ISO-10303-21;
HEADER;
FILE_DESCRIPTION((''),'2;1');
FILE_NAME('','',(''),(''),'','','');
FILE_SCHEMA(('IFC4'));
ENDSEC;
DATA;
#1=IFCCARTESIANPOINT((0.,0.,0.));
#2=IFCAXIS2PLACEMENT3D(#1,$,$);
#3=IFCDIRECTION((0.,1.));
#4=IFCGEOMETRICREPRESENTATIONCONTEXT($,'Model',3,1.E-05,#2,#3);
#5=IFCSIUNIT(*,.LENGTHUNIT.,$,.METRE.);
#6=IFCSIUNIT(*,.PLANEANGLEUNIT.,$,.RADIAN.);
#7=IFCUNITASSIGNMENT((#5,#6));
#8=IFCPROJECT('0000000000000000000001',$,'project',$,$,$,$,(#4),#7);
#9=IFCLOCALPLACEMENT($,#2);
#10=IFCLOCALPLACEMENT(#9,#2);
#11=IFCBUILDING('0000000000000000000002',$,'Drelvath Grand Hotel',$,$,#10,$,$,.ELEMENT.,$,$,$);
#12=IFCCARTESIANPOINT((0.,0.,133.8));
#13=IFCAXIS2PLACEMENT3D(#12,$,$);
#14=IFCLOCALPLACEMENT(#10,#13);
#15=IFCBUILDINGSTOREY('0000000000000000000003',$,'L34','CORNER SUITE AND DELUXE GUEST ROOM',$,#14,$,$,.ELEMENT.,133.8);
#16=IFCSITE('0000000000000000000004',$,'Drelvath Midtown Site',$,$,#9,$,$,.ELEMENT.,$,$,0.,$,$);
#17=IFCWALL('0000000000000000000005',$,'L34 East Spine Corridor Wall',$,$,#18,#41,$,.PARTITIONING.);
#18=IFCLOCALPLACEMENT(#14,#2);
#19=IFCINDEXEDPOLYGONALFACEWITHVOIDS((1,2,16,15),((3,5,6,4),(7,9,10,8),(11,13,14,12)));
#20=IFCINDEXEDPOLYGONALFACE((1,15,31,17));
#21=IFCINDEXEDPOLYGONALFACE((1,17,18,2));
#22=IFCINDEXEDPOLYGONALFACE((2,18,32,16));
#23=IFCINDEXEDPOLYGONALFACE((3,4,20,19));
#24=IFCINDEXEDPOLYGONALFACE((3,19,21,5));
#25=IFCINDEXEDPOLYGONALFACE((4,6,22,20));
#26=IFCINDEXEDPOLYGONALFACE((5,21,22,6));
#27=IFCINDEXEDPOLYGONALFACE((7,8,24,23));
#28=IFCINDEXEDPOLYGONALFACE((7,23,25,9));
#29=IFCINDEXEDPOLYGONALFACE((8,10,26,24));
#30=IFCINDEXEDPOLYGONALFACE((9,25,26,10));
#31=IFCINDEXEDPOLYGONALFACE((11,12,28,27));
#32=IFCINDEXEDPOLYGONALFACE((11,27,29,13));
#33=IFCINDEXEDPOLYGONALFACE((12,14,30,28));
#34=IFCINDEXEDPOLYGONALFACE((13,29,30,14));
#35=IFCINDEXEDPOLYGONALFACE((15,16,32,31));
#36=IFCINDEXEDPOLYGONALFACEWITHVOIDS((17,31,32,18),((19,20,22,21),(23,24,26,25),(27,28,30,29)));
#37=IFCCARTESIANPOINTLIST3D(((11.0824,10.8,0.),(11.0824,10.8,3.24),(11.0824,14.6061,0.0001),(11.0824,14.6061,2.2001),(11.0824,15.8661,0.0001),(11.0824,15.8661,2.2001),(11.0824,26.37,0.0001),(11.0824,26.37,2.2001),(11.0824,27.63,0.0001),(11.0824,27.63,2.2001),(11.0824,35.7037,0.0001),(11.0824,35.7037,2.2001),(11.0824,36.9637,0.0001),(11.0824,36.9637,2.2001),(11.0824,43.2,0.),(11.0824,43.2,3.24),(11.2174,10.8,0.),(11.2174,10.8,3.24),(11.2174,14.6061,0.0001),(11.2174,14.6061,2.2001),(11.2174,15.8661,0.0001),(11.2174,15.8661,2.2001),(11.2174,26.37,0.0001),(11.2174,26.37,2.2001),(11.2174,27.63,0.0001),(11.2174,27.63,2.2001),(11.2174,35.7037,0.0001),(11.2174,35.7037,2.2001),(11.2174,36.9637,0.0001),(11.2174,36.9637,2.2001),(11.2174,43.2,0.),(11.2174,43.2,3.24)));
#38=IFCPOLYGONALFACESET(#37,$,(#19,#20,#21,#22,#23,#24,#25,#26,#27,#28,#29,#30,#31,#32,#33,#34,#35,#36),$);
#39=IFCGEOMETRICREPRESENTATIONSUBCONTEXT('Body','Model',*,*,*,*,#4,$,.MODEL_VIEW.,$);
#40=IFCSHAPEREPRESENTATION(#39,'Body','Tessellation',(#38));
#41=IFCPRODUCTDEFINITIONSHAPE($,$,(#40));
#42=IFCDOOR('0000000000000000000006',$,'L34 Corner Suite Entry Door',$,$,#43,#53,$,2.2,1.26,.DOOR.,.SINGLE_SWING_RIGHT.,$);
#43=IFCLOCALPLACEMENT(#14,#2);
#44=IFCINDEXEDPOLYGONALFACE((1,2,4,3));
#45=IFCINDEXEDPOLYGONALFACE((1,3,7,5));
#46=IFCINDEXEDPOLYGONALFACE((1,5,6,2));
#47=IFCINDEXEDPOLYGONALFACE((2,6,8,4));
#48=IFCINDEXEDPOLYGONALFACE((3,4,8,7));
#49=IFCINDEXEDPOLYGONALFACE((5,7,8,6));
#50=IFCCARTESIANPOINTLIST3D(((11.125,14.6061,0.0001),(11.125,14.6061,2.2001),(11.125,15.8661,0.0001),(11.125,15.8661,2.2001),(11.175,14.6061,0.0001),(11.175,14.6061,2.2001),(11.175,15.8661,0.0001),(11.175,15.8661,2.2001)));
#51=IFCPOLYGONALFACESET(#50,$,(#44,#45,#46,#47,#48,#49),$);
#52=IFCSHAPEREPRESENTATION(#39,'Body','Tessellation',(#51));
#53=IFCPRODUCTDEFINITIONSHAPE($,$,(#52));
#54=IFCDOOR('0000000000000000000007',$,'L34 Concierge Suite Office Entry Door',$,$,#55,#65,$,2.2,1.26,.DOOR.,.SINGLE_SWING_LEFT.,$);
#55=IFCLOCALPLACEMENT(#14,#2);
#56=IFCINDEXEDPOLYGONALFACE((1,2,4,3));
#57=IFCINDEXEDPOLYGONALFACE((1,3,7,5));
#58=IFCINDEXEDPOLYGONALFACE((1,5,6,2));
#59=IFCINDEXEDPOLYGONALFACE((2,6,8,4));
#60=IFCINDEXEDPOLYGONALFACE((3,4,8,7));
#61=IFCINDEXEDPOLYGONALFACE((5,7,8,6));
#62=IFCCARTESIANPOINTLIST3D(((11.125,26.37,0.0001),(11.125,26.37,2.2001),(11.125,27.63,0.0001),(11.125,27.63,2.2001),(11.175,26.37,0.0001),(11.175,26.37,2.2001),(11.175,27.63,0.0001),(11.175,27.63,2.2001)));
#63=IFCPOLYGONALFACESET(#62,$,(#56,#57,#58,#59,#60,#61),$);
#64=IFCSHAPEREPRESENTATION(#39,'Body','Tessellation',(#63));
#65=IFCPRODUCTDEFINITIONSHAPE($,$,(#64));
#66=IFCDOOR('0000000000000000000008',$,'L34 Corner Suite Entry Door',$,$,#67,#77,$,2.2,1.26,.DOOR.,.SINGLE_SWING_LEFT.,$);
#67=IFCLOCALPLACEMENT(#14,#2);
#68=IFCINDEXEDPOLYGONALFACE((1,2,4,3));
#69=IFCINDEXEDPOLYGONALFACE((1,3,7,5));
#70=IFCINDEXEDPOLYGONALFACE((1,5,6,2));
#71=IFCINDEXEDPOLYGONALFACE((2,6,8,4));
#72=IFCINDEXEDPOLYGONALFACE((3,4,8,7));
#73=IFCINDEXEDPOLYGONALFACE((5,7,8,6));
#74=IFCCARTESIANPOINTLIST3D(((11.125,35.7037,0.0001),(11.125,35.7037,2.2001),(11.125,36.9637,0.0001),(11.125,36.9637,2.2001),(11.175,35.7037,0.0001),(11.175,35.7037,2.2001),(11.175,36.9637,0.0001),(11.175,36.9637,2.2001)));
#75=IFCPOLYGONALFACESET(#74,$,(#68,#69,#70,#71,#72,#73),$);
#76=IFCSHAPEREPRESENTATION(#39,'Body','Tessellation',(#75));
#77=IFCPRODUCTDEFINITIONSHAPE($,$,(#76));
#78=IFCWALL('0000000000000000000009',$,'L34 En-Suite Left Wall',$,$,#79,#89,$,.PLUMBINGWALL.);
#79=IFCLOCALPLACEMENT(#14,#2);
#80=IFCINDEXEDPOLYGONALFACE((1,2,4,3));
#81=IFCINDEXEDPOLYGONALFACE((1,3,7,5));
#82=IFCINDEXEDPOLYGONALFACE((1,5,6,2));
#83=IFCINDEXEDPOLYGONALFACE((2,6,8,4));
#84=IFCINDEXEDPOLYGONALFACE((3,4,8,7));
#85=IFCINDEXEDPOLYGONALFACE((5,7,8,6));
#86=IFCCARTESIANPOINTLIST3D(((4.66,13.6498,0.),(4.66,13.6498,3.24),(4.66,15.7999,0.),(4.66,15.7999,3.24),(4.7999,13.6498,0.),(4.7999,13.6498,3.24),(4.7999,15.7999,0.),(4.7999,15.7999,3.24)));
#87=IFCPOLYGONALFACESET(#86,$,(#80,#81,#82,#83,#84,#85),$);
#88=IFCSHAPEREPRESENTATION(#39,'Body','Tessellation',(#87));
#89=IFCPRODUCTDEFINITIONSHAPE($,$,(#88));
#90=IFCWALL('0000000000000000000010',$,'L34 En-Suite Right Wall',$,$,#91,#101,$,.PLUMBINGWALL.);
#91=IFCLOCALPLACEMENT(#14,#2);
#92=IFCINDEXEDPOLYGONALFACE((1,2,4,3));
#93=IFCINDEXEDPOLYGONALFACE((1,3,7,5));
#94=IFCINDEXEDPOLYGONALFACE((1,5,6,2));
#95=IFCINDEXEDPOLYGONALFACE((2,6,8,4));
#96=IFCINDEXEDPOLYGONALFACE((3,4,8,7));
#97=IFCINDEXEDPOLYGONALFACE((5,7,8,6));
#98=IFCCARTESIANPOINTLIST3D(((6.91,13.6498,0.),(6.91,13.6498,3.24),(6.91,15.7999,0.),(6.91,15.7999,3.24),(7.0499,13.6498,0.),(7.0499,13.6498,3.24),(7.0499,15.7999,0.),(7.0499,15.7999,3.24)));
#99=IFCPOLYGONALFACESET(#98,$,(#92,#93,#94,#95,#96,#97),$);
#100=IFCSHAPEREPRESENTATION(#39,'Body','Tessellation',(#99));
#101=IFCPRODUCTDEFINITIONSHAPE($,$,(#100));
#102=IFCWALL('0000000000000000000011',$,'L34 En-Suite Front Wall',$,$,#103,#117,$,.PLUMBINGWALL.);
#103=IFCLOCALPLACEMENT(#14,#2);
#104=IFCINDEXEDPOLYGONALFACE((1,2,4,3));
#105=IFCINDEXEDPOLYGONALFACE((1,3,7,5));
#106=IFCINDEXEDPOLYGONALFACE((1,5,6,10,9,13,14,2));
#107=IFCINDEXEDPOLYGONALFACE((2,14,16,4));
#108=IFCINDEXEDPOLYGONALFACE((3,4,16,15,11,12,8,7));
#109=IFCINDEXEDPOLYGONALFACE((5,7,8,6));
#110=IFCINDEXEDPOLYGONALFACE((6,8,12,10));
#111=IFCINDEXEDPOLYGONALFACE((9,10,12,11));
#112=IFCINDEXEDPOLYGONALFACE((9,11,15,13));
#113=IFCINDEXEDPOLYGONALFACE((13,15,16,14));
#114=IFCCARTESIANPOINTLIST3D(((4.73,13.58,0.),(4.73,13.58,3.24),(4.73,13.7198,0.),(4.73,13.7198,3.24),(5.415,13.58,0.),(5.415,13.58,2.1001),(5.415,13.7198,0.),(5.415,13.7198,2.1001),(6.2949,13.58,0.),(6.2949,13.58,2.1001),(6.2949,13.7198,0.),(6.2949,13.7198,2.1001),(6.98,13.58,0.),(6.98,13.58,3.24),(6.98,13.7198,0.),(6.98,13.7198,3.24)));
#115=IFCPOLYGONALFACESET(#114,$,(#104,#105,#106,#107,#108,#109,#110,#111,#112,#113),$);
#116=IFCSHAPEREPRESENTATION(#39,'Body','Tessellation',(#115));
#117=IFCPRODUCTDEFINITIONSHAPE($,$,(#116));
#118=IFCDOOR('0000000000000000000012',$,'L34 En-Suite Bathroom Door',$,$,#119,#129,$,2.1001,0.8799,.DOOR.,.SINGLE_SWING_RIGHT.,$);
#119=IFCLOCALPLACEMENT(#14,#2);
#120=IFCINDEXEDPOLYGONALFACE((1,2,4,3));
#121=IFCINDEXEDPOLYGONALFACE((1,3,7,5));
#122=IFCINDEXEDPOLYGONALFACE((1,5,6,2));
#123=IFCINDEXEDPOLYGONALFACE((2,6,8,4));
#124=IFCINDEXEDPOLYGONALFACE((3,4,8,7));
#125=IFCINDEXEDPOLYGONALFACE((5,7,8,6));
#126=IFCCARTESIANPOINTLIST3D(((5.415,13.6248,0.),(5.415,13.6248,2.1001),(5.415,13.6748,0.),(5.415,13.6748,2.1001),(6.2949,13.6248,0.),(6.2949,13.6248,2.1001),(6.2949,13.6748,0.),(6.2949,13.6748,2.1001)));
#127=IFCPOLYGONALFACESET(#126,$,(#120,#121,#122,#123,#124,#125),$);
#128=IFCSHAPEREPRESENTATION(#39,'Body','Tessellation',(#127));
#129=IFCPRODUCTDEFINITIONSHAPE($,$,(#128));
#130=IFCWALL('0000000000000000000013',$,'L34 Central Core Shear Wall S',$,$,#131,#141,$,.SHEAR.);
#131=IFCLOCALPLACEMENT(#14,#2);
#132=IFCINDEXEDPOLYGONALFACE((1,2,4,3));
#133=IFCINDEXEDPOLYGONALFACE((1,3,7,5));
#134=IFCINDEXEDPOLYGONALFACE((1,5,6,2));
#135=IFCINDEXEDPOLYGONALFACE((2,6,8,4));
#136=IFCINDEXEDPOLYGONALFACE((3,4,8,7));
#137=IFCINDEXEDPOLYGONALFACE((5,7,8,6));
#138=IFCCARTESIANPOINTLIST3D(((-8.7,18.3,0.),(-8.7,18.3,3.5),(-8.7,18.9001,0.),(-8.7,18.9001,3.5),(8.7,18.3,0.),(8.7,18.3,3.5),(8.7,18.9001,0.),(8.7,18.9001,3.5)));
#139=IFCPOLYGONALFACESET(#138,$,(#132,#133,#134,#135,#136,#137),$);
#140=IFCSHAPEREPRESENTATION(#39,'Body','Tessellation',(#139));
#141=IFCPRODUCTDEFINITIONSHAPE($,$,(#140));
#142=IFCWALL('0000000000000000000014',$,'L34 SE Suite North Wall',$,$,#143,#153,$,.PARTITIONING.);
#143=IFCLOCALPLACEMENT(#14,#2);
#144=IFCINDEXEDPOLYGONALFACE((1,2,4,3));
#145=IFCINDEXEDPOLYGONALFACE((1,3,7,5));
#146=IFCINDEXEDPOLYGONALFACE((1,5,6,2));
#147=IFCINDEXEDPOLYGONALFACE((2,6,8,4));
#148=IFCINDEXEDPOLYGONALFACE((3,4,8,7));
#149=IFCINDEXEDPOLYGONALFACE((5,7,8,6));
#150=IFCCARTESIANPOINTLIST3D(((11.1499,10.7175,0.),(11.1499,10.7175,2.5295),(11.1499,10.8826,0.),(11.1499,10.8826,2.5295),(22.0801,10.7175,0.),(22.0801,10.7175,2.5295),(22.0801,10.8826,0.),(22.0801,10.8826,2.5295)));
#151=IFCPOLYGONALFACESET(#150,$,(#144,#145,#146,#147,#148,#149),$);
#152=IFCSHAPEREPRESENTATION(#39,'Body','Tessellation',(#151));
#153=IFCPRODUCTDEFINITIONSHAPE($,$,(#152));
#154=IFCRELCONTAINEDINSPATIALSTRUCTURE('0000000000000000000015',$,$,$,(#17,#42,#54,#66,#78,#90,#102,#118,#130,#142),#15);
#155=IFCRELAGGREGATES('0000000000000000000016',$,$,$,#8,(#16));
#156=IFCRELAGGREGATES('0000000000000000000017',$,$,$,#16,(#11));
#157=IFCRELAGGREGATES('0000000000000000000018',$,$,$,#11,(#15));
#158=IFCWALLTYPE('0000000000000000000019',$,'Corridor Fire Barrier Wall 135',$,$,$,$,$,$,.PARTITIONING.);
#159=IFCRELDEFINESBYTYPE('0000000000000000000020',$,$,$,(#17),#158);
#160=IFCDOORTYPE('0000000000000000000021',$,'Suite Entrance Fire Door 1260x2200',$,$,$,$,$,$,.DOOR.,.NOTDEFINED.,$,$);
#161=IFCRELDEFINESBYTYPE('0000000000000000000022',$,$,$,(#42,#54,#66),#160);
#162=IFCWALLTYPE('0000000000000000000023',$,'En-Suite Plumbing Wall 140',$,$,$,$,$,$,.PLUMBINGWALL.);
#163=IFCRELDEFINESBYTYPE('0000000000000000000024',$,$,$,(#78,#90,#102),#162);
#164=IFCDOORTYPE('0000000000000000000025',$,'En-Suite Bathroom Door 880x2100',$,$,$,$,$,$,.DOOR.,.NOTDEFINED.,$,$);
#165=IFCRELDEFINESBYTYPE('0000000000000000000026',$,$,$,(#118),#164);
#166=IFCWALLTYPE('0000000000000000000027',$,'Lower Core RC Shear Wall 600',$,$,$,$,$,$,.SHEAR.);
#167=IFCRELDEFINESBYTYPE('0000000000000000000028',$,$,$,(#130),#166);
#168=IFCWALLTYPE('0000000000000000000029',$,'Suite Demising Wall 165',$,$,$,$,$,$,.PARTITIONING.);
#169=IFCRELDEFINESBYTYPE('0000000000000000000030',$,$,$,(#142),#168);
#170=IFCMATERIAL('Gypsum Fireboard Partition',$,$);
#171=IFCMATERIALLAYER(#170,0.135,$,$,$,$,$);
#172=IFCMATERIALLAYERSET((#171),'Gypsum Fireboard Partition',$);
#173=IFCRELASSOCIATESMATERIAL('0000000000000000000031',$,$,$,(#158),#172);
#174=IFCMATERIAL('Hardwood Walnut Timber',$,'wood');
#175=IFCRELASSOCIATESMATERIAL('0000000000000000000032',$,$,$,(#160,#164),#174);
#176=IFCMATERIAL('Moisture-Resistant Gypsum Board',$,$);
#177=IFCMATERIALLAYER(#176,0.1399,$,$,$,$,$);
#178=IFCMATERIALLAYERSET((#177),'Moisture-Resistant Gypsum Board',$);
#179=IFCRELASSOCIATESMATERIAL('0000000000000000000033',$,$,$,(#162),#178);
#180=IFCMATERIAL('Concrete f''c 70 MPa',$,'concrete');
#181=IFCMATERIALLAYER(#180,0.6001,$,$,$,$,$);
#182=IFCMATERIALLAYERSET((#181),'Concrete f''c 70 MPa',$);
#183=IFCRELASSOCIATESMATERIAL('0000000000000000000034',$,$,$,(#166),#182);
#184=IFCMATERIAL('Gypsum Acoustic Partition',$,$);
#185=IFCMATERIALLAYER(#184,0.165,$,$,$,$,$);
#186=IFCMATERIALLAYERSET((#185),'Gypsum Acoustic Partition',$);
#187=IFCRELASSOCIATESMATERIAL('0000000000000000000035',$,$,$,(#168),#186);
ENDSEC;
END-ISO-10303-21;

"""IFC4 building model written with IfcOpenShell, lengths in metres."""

from ifc_helpers import new_model, si_unit, direction, frame, frame_2d, origin, place, context, subcontext, project, spatial, rectangle, extrude, material, layer, layer_set, type_object, element, fill, save


model = new_model("IFC4")

# Units and contexts
model_context = context("Model", 3, precision=1e-05, world=origin(), true_north=direction((0.0, 1.0)))
body_context = subcontext(model_context, "Body", "Model", "MODEL_VIEW")
ifc_project = project(units=[si_unit("LENGTHUNIT", "METRE"), si_unit("PLANEANGLEUNIT", "RADIAN")], contexts=[model_context])

# Site, building, storey
site_placement = place(None, origin())
site = spatial("IfcSite", under=ifc_project, at=site_placement, Name="Drelvath Midtown Site", CompositionType="ELEMENT", RefElevation=0.0)
building_placement = place(site_placement, origin())
building = spatial("IfcBuilding", under=site, at=building_placement, Name="Drelvath Grand Hotel", CompositionType="ELEMENT")
storey_placement = place(building_placement, frame((0.0, 0.0, 133.8)))
storey = spatial("IfcBuildingStorey", under=building, at=storey_placement, Name="L34", Description="CORNER SUITE AND DELUXE GUEST ROOM", CompositionType="ELEMENT", Elevation=133.8)

# Shared definitions
ifc_material_1 = material(Name="Concrete f'c 70 MPa", Category="concrete")

# Shared definitions
ifc_material_2 = material(Name="Gypsum Fireboard Partition")
ifc_layer_1 = layer(ifc_material_2, 0.135)
ifc_layer_set_1 = layer_set([ifc_layer_1], Name="Gypsum Fireboard Partition")
wall_type_1 = type_object("IfcWallType", Name="Corridor Fire Barrier Wall 135", PredefinedType="PARTITIONING", material=ifc_layer_set_1)

# Wall, openings, doors
wall_1_placement = place(storey_placement, frame((11.1499, 10.8, 0.0), z_axis=(0.0, 0.0, 1.0), x_axis=(0.0, 1.0, 0.0)))
wall_1 = element("IfcWall", 1, at=wall_1_placement, inside=storey, type_object=wall_type_1, Name="L34 East Spine Corridor Wall", PredefinedType="PARTITIONING", context=body_context, shape_type="SweptSolid", body=[
    extrude(rectangle(XDim=32.3999, YDim=0.135, at=frame_2d((16.2, 0.0))), origin(), (0.0, 0.0, 1.0), 3.24),
])
opening_1_placement = place(wall_1_placement, frame((3.8062, 0.0, 0.0)))
opening_1 = element("IfcOpeningElement", 2, at=opening_1_placement, cuts=wall_1, PredefinedType="OPENING", context=body_context, shape_type="SweptSolid", body=[
    extrude(rectangle(XDim=1.26, YDim=2.2, at=frame_2d((0.6299, 1.1001))), frame((0.0, 0.0774, 0.0), z_axis=(0.0, -1.0, 0.0), x_axis=(1.0, 0.0, 0.0)), (0.0, 0.0, 1.0), 0.155),
])
opening_2_placement = place(wall_1_placement, frame((15.5701, 0.0, 0.0)))
opening_2 = element("IfcOpeningElement", 3, at=opening_2_placement, cuts=wall_1, PredefinedType="OPENING", context=body_context, shape_type="SweptSolid", body=[
    extrude(rectangle(XDim=1.26, YDim=2.2, at=frame_2d((0.6299, 1.1001))), frame((0.0, 0.0774, 0.0), z_axis=(0.0, -1.0, 0.0), x_axis=(1.0, 0.0, 0.0)), (0.0, 0.0, 1.0), 0.155),
])
opening_3_placement = place(wall_1_placement, frame((24.9038, 0.0, 0.0)))
opening_3 = element("IfcOpeningElement", 4, at=opening_3_placement, cuts=wall_1, PredefinedType="OPENING", context=body_context, shape_type="SweptSolid", body=[
    extrude(rectangle(XDim=1.26, YDim=2.2, at=frame_2d((0.6299, 1.1001))), frame((0.0, 0.0774, 0.0), z_axis=(0.0, -1.0, 0.0), x_axis=(1.0, 0.0, 0.0)), (0.0, 0.0, 1.0), 0.155),
])
ifc_material_3 = material(Name="Hardwood Walnut Timber", Category="wood")
door_type_1 = type_object("IfcDoorType", Name="Suite Entrance Fire Door 1260x2200", OperationType="NOTDEFINED", PredefinedType="DOOR", material=ifc_material_3)
door_1_placement = place(opening_1_placement, origin())
door_1 = element("IfcDoor", 5, at=door_1_placement, inside=storey, type_object=door_type_1, Name="L34 Corner Suite Entry Door", OperationType="SINGLE_SWING_RIGHT", OverallHeight=2.2, OverallWidth=1.26, PredefinedType="DOOR", context=body_context, shape_type="SweptSolid", body=[
    extrude(rectangle(XDim=1.26, YDim=2.2, at=frame_2d((0.6299, 1.1001))), frame((0.0, 0.0249, 0.0), z_axis=(0.0, -1.0, 0.0), x_axis=(1.0, 0.0, 0.0)), (0.0, 0.0, 1.0), 0.05),
])
fill(opening_1, door_1)
door_2_placement = place(opening_2_placement, origin())
door_2 = element("IfcDoor", 6, at=door_2_placement, inside=storey, type_object=door_type_1, Name="L34 Concierge Suite Office Entry Door", OperationType="SINGLE_SWING_LEFT", OverallHeight=2.2, OverallWidth=1.26, PredefinedType="DOOR", context=body_context, shape_type="SweptSolid", body=[
    extrude(rectangle(XDim=1.26, YDim=2.2, at=frame_2d((0.6299, 1.1001))), frame((0.0, 0.0249, 0.0), z_axis=(0.0, -1.0, 0.0), x_axis=(1.0, 0.0, 0.0)), (0.0, 0.0, 1.0), 0.05),
])
fill(opening_2, door_2)
door_3_placement = place(opening_3_placement, origin())
door_3 = element("IfcDoor", 7, at=door_3_placement, inside=storey, type_object=door_type_1, Name="L34 Corner Suite Entry Door", OperationType="SINGLE_SWING_LEFT", OverallHeight=2.2, OverallWidth=1.26, PredefinedType="DOOR", context=body_context, shape_type="SweptSolid", body=[
    extrude(rectangle(XDim=1.26, YDim=2.2, at=frame_2d((0.6299, 1.1001))), frame((0.0, 0.0249, 0.0), z_axis=(0.0, -1.0, 0.0), x_axis=(1.0, 0.0, 0.0)), (0.0, 0.0, 1.0), 0.05),
])
fill(opening_3, door_3)

# Walls
ifc_material_4 = material(Name="Moisture-Resistant Gypsum Board")
ifc_layer_2 = layer(ifc_material_4, 0.1399)
ifc_layer_set_2 = layer_set([ifc_layer_2], Name="Moisture-Resistant Gypsum Board")
wall_type_2 = type_object("IfcWallType", Name="En-Suite Plumbing Wall 140", PredefinedType="PLUMBINGWALL", material=ifc_layer_set_2)
for number, where, z_axis, x_axis, name in (
    (8, (4.73, 15.8, 0.0), (0.0, 0.0, 1.0), (0.0, -1.0, 0.0), "L34 En-Suite Left Wall"),
    (9, (6.98, 15.8, 0.0), (0.0, 0.0, 1.0), (0.0, -1.0, 0.0), "L34 En-Suite Right Wall"),
):
    element("IfcWall", number, at=place(storey_placement, frame(where, z_axis=z_axis, x_axis=x_axis)), inside=storey, type_object=wall_type_2, Name=name, PredefinedType="PLUMBINGWALL", context=body_context, shape_type="SweptSolid", body=[
        extrude(rectangle(XDim=2.1501, YDim=0.1399, at=frame_2d((1.0752, 0.0))), origin(), (0.0, 0.0, 1.0), 3.24),
    ])

# Wall, opening, door
wall_2_placement = place(storey_placement, frame((4.73, 13.6499, 0.0), z_axis=(0.0, 0.0, 1.0), x_axis=(1.0, 0.0, 0.0)))
wall_2 = element("IfcWall", 10, at=wall_2_placement, inside=storey, type_object=wall_type_2, Name="L34 En-Suite Front Wall", PredefinedType="PLUMBINGWALL", context=body_context, shape_type="SweptSolid", body=[
    extrude(rectangle(XDim=2.25, YDim=0.1399, at=frame_2d((1.125, 0.0))), origin(), (0.0, 0.0, 1.0), 3.24),
])
opening_4_placement = place(wall_2_placement, frame((0.6851, 0.0, 0.0)))
opening_4 = element("IfcOpeningElement", 11, at=opening_4_placement, cuts=wall_2, PredefinedType="OPENING", context=body_context, shape_type="SweptSolid", body=[
    extrude(rectangle(XDim=0.8799, YDim=2.1001, at=frame_2d((0.4399, 1.05))), frame((0.0, 0.0798, 0.0), z_axis=(0.0, -1.0, 0.0), x_axis=(1.0, 0.0, 0.0)), (0.0, 0.0, 1.0), 0.1599),
])
door_type_2 = type_object("IfcDoorType", Name="En-Suite Bathroom Door 880x2100", OperationType="NOTDEFINED", PredefinedType="DOOR", material=ifc_material_3)
door_4_placement = place(opening_4_placement, origin())
door_4 = element("IfcDoor", 12, at=door_4_placement, inside=storey, type_object=door_type_2, Name="L34 En-Suite Bathroom Door", OperationType="SINGLE_SWING_RIGHT", OverallHeight=2.1001, OverallWidth=0.8799, PredefinedType="DOOR", context=body_context, shape_type="SweptSolid", body=[
    extrude(rectangle(XDim=0.8799, YDim=2.1001, at=frame_2d((0.4399, 1.05))), frame((0.0, 0.0249, 0.0), z_axis=(0.0, -1.0, 0.0), x_axis=(1.0, 0.0, 0.0)), (0.0, 0.0, 1.0), 0.05),
])
fill(opening_4, door_4)

# Walls
ifc_layer_3 = layer(ifc_material_1, 0.6001)
ifc_layer_set_3 = layer_set([ifc_layer_3], Name="Concrete f'c 70 MPa")
wall_type_3 = type_object("IfcWallType", Name="Lower Core RC Shear Wall 600", PredefinedType="SHEAR", material=ifc_layer_set_3)
wall_3_placement = place(storey_placement, frame((8.7, 18.6001, 0.0), z_axis=(0.0, 0.0, 1.0), x_axis=(-1.0, 0.0, 0.0)))
element("IfcWall", 13, at=wall_3_placement, inside=storey, type_object=wall_type_3, Name="L34 Central Core Shear Wall S", PredefinedType="SHEAR", context=body_context, shape_type="SweptSolid", body=[
    extrude(rectangle(XDim=17.3999, YDim=0.6001, at=frame_2d((8.7, 0.0))), origin(), (0.0, 0.0, 1.0), 3.5),
])
ifc_material_5 = material(Name="Gypsum Acoustic Partition")
ifc_layer_4 = layer(ifc_material_5, 0.165)
ifc_layer_set_4 = layer_set([ifc_layer_4], Name="Gypsum Acoustic Partition")
wall_type_4 = type_object("IfcWallType", Name="Suite Demising Wall 165", PredefinedType="PARTITIONING", material=ifc_layer_set_4)
wall_4_placement = place(storey_placement, frame((11.1499, 10.8, 0.0), z_axis=(0.0, 0.0, 1.0), x_axis=(1.0, 0.0, 0.0)))
element("IfcWall", 14, at=wall_4_placement, inside=storey, type_object=wall_type_4, Name="L34 SE Suite North Wall", PredefinedType="PARTITIONING", context=body_context, shape_type="SweptSolid", body=[
    extrude(rectangle(XDim=10.9302, YDim=0.165, at=frame_2d((5.4651, 0.0))), origin(), (0.0, 0.0, 1.0), 2.5295),
])

save(model, "model.ifc")
